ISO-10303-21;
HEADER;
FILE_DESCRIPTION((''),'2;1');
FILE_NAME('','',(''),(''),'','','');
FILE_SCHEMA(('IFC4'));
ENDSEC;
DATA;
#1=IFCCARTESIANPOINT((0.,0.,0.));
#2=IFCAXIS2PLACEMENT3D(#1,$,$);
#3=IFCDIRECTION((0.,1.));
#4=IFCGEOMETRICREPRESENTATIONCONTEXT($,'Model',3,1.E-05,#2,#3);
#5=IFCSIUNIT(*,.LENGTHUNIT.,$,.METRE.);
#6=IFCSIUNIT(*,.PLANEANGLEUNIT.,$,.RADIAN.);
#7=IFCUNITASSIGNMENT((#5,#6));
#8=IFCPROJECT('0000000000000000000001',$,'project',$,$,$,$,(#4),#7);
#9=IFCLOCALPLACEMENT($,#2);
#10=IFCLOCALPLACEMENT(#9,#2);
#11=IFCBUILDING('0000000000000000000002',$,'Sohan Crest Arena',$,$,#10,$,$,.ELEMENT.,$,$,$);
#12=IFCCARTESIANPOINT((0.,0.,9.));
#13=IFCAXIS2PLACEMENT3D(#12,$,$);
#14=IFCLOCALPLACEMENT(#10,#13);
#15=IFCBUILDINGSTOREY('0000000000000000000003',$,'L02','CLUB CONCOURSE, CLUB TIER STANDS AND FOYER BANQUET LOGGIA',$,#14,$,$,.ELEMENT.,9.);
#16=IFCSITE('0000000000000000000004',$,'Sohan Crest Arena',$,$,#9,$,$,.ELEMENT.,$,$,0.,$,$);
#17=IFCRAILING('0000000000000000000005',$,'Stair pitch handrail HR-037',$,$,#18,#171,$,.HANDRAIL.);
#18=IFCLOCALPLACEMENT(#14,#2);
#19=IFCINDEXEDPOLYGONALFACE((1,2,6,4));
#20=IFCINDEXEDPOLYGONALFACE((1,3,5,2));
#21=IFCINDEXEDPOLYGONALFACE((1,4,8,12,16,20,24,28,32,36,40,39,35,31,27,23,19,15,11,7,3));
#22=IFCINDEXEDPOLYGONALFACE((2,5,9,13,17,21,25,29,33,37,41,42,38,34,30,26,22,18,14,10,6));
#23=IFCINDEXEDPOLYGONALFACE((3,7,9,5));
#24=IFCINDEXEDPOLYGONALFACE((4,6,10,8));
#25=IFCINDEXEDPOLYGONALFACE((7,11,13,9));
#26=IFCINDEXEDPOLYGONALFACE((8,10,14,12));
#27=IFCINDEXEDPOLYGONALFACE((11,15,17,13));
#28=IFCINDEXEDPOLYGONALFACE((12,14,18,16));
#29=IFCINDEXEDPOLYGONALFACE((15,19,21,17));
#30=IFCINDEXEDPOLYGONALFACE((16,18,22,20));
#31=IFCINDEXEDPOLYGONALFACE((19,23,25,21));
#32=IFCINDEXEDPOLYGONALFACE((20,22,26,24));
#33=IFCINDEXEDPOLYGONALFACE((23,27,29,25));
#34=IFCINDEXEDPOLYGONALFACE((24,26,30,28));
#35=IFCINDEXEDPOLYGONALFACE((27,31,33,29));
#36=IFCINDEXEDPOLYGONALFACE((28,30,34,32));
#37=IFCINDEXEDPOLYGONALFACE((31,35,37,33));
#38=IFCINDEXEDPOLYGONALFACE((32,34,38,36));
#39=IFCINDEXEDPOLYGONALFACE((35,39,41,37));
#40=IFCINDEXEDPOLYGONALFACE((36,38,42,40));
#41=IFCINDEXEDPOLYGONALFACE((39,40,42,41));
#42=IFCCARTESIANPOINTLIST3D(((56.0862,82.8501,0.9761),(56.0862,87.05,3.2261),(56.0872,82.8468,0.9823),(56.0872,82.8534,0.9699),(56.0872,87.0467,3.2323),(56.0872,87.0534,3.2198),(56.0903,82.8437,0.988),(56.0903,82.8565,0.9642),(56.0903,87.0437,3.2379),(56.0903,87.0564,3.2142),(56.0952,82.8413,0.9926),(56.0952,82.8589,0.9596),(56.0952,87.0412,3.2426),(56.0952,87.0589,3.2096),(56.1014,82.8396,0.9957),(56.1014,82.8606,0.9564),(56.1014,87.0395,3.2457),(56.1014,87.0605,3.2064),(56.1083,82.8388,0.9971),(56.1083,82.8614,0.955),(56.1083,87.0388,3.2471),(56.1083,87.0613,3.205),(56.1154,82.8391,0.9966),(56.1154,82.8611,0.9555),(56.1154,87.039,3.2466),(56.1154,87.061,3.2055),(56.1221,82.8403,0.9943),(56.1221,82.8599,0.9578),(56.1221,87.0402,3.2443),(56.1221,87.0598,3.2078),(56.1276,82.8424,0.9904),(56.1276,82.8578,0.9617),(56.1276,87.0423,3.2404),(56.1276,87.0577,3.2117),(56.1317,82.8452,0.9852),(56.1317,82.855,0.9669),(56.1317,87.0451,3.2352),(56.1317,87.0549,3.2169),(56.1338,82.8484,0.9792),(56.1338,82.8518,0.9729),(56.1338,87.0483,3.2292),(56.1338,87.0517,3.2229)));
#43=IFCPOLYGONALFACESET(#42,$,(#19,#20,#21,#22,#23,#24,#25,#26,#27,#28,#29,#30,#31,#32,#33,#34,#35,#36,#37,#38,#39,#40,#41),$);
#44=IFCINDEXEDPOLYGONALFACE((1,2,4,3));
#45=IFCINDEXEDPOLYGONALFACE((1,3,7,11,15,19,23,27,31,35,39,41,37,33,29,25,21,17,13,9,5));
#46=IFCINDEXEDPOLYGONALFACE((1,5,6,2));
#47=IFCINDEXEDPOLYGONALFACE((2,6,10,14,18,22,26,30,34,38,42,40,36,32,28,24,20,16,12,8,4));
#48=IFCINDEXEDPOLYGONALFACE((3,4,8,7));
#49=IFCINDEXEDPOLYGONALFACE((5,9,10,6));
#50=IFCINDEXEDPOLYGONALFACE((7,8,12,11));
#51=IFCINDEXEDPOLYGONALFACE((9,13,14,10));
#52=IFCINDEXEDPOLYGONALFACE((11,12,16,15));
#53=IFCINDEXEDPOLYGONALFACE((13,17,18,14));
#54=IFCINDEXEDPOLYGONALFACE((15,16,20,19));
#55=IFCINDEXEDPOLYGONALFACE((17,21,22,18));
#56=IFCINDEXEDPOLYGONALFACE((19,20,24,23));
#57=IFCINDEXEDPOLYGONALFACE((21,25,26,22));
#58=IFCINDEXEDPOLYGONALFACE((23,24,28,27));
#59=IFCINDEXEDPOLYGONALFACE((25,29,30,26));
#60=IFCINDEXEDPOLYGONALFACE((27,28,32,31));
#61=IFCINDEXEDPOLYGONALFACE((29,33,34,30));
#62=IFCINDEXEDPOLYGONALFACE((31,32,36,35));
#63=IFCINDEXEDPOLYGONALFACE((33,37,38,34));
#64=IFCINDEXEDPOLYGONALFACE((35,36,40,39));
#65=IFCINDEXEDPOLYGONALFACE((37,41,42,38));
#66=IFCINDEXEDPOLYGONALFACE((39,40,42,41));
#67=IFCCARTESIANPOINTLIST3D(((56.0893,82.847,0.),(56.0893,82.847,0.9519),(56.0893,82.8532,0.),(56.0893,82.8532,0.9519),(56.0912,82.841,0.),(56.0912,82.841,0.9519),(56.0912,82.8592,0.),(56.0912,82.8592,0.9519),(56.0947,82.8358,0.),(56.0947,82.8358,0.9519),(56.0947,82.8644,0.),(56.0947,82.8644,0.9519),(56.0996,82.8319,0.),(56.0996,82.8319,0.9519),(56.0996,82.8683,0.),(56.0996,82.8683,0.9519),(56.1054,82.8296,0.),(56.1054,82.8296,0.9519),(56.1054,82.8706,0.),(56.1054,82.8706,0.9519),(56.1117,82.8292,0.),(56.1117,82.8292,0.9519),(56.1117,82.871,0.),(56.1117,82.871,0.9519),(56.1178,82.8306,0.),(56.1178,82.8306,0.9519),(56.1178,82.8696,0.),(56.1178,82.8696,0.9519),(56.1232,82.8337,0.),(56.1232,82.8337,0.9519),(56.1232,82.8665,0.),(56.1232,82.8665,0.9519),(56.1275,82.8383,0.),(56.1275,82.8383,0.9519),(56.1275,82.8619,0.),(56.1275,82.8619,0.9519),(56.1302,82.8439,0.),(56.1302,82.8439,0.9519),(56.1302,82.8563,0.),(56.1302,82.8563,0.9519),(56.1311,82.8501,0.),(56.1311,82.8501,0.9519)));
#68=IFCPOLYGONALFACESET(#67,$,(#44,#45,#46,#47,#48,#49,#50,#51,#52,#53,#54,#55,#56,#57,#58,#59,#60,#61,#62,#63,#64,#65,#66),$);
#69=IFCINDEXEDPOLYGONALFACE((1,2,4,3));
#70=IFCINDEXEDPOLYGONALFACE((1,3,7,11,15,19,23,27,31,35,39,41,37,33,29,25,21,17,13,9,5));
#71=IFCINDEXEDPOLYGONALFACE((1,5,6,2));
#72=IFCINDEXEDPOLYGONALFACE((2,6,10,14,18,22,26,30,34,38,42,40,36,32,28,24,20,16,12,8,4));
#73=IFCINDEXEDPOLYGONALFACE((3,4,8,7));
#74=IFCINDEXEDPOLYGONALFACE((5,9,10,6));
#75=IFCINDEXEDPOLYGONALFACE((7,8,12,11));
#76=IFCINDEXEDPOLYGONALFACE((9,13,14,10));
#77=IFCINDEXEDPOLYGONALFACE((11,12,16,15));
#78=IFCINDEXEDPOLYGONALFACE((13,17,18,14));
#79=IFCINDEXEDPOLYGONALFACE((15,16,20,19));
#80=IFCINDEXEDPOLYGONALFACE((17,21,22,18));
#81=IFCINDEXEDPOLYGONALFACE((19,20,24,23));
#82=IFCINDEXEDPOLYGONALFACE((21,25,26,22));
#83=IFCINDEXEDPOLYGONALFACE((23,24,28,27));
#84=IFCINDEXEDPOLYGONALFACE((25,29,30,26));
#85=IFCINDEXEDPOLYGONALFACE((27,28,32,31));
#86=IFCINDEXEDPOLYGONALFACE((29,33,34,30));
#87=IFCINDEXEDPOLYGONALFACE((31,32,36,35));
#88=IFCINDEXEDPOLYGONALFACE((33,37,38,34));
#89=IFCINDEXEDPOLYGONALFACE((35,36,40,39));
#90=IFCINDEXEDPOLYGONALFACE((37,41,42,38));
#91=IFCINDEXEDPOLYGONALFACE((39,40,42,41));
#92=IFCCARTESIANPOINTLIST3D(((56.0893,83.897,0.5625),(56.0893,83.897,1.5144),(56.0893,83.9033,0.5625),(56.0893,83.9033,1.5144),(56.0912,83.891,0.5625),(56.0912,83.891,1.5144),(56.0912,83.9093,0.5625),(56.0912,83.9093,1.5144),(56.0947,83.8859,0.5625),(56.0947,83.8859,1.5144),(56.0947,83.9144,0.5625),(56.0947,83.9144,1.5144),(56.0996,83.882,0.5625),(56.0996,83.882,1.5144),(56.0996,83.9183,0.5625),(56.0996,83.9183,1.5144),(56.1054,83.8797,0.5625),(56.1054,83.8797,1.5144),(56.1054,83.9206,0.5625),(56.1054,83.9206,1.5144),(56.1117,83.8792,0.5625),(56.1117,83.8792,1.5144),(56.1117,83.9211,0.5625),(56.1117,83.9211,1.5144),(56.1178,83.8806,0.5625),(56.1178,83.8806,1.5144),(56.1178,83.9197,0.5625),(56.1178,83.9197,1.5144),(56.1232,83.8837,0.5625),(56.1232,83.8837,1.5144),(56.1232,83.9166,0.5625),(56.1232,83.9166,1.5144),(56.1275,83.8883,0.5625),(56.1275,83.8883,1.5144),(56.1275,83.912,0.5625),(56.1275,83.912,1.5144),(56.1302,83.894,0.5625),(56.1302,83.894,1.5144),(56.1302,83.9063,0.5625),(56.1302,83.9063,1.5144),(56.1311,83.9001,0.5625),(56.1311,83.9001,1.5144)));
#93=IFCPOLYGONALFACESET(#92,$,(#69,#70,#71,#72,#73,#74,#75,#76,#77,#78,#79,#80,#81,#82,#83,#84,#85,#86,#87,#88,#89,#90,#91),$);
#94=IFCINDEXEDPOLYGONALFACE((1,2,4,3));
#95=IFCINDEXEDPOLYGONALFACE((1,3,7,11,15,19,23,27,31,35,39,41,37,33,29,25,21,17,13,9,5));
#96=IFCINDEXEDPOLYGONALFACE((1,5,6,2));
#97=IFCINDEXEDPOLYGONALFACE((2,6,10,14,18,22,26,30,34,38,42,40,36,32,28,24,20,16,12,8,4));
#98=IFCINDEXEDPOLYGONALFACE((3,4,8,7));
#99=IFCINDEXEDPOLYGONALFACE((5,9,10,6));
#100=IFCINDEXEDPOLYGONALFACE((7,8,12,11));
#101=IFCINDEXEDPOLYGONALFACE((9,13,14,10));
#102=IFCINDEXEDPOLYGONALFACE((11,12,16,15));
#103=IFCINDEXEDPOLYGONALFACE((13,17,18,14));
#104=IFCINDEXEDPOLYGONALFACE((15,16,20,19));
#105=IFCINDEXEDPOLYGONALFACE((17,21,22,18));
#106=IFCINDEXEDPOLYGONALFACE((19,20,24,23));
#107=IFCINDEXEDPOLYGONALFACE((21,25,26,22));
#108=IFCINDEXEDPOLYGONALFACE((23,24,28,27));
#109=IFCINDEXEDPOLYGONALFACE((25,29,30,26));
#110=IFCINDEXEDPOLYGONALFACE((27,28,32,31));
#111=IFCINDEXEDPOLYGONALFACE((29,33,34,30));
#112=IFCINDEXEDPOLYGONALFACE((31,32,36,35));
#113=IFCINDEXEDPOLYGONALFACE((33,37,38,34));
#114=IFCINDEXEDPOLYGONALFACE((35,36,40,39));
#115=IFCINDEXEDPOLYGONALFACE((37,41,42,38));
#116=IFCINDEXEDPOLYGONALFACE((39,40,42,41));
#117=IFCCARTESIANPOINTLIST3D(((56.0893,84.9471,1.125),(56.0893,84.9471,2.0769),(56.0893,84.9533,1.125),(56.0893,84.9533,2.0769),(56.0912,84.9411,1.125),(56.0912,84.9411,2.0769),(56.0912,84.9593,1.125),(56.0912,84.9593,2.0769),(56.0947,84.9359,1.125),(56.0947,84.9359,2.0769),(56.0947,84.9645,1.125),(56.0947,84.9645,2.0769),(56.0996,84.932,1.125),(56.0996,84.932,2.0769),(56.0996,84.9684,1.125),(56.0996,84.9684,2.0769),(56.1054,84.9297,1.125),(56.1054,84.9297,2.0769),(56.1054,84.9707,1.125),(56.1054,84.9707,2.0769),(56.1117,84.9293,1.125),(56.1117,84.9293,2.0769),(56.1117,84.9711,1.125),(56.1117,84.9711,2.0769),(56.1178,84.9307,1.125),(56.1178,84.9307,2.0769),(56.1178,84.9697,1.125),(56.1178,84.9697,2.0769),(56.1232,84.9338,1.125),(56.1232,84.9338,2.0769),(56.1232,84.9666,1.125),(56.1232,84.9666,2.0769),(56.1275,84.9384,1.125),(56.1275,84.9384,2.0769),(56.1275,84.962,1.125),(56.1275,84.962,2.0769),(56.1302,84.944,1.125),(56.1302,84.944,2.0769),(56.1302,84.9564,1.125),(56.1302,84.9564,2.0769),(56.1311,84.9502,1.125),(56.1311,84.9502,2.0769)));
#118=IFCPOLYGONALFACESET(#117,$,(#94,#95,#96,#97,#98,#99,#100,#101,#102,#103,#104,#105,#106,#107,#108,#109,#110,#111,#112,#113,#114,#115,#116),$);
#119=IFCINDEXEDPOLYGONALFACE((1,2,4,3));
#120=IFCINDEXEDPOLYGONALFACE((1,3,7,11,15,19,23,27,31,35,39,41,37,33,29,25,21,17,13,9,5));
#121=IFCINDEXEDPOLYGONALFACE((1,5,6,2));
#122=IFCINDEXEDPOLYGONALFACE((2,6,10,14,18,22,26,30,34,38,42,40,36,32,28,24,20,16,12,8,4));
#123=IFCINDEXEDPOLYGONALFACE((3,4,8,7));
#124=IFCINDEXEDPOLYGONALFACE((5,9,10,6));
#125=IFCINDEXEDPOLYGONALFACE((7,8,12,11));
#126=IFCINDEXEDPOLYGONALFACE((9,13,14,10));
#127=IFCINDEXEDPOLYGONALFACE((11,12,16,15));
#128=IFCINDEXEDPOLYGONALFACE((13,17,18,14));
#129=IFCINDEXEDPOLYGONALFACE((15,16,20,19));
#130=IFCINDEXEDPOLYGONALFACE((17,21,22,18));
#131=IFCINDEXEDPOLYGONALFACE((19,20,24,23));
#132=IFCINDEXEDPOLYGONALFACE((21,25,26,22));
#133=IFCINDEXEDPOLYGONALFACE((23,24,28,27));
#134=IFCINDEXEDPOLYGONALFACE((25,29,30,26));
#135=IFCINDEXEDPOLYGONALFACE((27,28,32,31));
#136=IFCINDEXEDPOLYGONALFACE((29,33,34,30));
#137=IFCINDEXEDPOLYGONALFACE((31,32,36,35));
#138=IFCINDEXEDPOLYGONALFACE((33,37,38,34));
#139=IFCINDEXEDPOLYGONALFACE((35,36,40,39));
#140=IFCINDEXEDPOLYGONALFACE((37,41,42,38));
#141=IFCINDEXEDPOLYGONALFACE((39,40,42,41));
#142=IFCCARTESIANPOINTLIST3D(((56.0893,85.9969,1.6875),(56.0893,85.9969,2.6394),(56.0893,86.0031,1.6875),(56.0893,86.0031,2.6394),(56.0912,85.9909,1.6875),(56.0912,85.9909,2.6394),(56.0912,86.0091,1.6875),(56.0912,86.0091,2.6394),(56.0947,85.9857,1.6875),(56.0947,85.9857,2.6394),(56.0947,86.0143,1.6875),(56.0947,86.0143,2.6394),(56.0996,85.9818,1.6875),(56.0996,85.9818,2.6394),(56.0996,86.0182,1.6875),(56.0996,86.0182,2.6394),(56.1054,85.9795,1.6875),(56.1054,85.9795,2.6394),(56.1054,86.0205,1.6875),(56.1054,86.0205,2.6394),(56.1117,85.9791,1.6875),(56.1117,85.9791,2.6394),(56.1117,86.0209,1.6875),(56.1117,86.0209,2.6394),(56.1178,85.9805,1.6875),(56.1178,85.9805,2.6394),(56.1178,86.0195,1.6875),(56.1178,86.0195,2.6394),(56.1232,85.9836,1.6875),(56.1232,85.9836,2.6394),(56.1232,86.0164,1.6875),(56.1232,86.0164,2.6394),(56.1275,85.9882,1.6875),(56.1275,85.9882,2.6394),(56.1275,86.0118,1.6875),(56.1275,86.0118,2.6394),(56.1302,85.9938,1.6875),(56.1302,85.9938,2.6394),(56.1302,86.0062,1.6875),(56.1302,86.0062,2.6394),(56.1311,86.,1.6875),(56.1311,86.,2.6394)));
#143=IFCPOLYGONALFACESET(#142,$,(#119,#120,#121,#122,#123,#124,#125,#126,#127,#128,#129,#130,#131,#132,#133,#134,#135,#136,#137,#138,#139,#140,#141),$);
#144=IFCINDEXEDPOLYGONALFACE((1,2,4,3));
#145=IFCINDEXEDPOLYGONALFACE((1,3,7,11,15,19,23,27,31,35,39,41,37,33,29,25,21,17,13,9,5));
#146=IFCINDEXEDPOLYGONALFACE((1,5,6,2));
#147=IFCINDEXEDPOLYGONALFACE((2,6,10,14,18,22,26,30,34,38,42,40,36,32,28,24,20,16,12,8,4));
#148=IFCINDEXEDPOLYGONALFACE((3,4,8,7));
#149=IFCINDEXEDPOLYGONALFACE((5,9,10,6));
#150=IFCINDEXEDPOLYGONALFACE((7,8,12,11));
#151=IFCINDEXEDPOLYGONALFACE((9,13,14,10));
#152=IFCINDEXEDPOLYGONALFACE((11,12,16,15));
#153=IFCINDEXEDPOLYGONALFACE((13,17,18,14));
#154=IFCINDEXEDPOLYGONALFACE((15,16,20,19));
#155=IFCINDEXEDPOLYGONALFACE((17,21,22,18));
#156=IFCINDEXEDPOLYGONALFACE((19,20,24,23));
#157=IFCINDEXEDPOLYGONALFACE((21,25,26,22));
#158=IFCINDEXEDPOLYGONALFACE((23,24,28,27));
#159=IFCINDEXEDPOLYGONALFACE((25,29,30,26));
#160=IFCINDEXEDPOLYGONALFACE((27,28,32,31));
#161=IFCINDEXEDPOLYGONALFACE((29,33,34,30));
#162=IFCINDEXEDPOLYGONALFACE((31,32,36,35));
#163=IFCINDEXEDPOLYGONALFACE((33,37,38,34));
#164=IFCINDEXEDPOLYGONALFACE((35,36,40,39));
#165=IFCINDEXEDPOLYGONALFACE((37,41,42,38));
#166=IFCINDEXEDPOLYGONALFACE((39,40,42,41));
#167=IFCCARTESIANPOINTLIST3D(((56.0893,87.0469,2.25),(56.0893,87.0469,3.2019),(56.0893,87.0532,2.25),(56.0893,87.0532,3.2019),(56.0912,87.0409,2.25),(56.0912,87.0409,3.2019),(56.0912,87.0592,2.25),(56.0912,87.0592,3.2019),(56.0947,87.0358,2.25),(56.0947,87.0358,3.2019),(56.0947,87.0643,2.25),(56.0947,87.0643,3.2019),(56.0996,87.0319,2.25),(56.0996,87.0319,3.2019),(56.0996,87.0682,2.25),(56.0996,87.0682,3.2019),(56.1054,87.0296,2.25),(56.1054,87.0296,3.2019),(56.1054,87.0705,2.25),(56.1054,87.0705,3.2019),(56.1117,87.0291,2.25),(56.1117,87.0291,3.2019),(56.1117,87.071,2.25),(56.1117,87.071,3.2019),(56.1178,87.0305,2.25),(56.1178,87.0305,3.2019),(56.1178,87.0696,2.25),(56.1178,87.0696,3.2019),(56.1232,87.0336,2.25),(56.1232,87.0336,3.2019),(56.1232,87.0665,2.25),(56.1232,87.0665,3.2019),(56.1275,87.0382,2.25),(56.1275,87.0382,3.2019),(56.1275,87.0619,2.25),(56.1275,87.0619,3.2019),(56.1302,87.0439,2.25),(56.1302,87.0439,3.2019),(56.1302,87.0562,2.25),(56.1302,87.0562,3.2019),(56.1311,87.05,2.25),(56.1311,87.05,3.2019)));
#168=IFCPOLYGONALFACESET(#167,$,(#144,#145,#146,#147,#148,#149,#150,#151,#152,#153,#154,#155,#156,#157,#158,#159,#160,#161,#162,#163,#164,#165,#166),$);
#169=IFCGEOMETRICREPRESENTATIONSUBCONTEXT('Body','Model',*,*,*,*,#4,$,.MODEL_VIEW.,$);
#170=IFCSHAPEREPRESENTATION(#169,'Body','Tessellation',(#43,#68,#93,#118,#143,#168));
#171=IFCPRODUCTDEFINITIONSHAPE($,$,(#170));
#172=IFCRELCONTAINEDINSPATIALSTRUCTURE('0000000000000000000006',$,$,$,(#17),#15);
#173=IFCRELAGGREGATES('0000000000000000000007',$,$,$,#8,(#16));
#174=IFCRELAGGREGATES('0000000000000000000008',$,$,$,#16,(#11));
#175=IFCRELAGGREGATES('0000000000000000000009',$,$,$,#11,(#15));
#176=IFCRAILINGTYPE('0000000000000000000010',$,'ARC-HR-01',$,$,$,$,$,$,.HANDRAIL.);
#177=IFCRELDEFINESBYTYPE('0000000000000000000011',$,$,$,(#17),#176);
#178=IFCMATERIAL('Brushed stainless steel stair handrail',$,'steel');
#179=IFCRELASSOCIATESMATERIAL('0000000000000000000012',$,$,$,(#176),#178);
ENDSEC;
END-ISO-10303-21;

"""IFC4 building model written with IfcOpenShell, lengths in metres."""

from ifc_helpers import new_model, si_unit, direction, frame, origin, origin_2d, place, context, subcontext, project, spatial, circle, extrude, material, type_object, element, save


model = new_model("IFC4")

# Units and contexts
model_context = context("Model", 3, precision=1e-05, world=origin(), true_north=direction((0.0, 1.0)))
body_context = subcontext(model_context, "Body", "Model", "MODEL_VIEW")
ifc_project = project(units=[si_unit("LENGTHUNIT", "METRE"), si_unit("PLANEANGLEUNIT", "RADIAN")], contexts=[model_context])

# Site, building, storey
site_placement = place(None, origin())
site = spatial("IfcSite", under=ifc_project, at=site_placement, Name="Sohan Crest Arena", CompositionType="ELEMENT", RefElevation=0.0)
building_placement = place(site_placement, origin())
building = spatial("IfcBuilding", under=site, at=building_placement, Name="Sohan Crest Arena", CompositionType="ELEMENT")
storey_placement = place(building_placement, frame((0.0, 0.0, 9.0)))
storey = spatial("IfcBuildingStorey", under=building, at=storey_placement, Name="L02", Description="CLUB CONCOURSE, CLUB TIER STANDS AND FOYER BANQUET LOGGIA", CompositionType="ELEMENT", Elevation=9.0)

# Railing
ifc_material_1 = material(Name="Brushed stainless steel stair handrail", Category="steel")
railing_type_1 = type_object("IfcRailingType", Name="ARC-HR-01", PredefinedType="HANDRAIL", material=ifc_material_1)
for number, where, name in (
    (1, (56.1101, 82.8501, 0.0), "Stair pitch handrail HR-037"),
):
    element("IfcRailing", number, at=place(storey_placement, frame(where)), inside=storey, type_object=railing_type_1, Name=name, PredefinedType="HANDRAIL", context=body_context, shape_type="SweptSolid", body=[
        extrude(circle(Radius=0.0239, at=origin_2d()), frame((0.0, 0.0, 0.9761), z_axis=(0.0, 0.881478, 0.472226), x_axis=(-1.0, 0.0, 0.0)), (0.0, 0.0, 1.0), 4.7646),
        extrude(circle(Radius=0.021, at=origin_2d()), origin(), (0.0, 0.0, 1.0), 0.9519),
        extrude(circle(Radius=0.021, at=origin_2d()), frame((0.0, 1.05, 0.5625)), (0.0, 0.0, 1.0), 0.9519),
        extrude(circle(Radius=0.021, at=origin_2d()), frame((0.0, 2.1001, 1.125)), (0.0, 0.0, 1.0), 0.9519),
        extrude(circle(Radius=0.021, at=origin_2d()), frame((0.0, 3.1499, 1.6875)), (0.0, 0.0, 1.0), 0.9519),
        extrude(circle(Radius=0.021, at=origin_2d()), frame((0.0, 4.2, 2.25)), (0.0, 0.0, 1.0), 0.9519),
    ])

save(model, "model.ifc")
